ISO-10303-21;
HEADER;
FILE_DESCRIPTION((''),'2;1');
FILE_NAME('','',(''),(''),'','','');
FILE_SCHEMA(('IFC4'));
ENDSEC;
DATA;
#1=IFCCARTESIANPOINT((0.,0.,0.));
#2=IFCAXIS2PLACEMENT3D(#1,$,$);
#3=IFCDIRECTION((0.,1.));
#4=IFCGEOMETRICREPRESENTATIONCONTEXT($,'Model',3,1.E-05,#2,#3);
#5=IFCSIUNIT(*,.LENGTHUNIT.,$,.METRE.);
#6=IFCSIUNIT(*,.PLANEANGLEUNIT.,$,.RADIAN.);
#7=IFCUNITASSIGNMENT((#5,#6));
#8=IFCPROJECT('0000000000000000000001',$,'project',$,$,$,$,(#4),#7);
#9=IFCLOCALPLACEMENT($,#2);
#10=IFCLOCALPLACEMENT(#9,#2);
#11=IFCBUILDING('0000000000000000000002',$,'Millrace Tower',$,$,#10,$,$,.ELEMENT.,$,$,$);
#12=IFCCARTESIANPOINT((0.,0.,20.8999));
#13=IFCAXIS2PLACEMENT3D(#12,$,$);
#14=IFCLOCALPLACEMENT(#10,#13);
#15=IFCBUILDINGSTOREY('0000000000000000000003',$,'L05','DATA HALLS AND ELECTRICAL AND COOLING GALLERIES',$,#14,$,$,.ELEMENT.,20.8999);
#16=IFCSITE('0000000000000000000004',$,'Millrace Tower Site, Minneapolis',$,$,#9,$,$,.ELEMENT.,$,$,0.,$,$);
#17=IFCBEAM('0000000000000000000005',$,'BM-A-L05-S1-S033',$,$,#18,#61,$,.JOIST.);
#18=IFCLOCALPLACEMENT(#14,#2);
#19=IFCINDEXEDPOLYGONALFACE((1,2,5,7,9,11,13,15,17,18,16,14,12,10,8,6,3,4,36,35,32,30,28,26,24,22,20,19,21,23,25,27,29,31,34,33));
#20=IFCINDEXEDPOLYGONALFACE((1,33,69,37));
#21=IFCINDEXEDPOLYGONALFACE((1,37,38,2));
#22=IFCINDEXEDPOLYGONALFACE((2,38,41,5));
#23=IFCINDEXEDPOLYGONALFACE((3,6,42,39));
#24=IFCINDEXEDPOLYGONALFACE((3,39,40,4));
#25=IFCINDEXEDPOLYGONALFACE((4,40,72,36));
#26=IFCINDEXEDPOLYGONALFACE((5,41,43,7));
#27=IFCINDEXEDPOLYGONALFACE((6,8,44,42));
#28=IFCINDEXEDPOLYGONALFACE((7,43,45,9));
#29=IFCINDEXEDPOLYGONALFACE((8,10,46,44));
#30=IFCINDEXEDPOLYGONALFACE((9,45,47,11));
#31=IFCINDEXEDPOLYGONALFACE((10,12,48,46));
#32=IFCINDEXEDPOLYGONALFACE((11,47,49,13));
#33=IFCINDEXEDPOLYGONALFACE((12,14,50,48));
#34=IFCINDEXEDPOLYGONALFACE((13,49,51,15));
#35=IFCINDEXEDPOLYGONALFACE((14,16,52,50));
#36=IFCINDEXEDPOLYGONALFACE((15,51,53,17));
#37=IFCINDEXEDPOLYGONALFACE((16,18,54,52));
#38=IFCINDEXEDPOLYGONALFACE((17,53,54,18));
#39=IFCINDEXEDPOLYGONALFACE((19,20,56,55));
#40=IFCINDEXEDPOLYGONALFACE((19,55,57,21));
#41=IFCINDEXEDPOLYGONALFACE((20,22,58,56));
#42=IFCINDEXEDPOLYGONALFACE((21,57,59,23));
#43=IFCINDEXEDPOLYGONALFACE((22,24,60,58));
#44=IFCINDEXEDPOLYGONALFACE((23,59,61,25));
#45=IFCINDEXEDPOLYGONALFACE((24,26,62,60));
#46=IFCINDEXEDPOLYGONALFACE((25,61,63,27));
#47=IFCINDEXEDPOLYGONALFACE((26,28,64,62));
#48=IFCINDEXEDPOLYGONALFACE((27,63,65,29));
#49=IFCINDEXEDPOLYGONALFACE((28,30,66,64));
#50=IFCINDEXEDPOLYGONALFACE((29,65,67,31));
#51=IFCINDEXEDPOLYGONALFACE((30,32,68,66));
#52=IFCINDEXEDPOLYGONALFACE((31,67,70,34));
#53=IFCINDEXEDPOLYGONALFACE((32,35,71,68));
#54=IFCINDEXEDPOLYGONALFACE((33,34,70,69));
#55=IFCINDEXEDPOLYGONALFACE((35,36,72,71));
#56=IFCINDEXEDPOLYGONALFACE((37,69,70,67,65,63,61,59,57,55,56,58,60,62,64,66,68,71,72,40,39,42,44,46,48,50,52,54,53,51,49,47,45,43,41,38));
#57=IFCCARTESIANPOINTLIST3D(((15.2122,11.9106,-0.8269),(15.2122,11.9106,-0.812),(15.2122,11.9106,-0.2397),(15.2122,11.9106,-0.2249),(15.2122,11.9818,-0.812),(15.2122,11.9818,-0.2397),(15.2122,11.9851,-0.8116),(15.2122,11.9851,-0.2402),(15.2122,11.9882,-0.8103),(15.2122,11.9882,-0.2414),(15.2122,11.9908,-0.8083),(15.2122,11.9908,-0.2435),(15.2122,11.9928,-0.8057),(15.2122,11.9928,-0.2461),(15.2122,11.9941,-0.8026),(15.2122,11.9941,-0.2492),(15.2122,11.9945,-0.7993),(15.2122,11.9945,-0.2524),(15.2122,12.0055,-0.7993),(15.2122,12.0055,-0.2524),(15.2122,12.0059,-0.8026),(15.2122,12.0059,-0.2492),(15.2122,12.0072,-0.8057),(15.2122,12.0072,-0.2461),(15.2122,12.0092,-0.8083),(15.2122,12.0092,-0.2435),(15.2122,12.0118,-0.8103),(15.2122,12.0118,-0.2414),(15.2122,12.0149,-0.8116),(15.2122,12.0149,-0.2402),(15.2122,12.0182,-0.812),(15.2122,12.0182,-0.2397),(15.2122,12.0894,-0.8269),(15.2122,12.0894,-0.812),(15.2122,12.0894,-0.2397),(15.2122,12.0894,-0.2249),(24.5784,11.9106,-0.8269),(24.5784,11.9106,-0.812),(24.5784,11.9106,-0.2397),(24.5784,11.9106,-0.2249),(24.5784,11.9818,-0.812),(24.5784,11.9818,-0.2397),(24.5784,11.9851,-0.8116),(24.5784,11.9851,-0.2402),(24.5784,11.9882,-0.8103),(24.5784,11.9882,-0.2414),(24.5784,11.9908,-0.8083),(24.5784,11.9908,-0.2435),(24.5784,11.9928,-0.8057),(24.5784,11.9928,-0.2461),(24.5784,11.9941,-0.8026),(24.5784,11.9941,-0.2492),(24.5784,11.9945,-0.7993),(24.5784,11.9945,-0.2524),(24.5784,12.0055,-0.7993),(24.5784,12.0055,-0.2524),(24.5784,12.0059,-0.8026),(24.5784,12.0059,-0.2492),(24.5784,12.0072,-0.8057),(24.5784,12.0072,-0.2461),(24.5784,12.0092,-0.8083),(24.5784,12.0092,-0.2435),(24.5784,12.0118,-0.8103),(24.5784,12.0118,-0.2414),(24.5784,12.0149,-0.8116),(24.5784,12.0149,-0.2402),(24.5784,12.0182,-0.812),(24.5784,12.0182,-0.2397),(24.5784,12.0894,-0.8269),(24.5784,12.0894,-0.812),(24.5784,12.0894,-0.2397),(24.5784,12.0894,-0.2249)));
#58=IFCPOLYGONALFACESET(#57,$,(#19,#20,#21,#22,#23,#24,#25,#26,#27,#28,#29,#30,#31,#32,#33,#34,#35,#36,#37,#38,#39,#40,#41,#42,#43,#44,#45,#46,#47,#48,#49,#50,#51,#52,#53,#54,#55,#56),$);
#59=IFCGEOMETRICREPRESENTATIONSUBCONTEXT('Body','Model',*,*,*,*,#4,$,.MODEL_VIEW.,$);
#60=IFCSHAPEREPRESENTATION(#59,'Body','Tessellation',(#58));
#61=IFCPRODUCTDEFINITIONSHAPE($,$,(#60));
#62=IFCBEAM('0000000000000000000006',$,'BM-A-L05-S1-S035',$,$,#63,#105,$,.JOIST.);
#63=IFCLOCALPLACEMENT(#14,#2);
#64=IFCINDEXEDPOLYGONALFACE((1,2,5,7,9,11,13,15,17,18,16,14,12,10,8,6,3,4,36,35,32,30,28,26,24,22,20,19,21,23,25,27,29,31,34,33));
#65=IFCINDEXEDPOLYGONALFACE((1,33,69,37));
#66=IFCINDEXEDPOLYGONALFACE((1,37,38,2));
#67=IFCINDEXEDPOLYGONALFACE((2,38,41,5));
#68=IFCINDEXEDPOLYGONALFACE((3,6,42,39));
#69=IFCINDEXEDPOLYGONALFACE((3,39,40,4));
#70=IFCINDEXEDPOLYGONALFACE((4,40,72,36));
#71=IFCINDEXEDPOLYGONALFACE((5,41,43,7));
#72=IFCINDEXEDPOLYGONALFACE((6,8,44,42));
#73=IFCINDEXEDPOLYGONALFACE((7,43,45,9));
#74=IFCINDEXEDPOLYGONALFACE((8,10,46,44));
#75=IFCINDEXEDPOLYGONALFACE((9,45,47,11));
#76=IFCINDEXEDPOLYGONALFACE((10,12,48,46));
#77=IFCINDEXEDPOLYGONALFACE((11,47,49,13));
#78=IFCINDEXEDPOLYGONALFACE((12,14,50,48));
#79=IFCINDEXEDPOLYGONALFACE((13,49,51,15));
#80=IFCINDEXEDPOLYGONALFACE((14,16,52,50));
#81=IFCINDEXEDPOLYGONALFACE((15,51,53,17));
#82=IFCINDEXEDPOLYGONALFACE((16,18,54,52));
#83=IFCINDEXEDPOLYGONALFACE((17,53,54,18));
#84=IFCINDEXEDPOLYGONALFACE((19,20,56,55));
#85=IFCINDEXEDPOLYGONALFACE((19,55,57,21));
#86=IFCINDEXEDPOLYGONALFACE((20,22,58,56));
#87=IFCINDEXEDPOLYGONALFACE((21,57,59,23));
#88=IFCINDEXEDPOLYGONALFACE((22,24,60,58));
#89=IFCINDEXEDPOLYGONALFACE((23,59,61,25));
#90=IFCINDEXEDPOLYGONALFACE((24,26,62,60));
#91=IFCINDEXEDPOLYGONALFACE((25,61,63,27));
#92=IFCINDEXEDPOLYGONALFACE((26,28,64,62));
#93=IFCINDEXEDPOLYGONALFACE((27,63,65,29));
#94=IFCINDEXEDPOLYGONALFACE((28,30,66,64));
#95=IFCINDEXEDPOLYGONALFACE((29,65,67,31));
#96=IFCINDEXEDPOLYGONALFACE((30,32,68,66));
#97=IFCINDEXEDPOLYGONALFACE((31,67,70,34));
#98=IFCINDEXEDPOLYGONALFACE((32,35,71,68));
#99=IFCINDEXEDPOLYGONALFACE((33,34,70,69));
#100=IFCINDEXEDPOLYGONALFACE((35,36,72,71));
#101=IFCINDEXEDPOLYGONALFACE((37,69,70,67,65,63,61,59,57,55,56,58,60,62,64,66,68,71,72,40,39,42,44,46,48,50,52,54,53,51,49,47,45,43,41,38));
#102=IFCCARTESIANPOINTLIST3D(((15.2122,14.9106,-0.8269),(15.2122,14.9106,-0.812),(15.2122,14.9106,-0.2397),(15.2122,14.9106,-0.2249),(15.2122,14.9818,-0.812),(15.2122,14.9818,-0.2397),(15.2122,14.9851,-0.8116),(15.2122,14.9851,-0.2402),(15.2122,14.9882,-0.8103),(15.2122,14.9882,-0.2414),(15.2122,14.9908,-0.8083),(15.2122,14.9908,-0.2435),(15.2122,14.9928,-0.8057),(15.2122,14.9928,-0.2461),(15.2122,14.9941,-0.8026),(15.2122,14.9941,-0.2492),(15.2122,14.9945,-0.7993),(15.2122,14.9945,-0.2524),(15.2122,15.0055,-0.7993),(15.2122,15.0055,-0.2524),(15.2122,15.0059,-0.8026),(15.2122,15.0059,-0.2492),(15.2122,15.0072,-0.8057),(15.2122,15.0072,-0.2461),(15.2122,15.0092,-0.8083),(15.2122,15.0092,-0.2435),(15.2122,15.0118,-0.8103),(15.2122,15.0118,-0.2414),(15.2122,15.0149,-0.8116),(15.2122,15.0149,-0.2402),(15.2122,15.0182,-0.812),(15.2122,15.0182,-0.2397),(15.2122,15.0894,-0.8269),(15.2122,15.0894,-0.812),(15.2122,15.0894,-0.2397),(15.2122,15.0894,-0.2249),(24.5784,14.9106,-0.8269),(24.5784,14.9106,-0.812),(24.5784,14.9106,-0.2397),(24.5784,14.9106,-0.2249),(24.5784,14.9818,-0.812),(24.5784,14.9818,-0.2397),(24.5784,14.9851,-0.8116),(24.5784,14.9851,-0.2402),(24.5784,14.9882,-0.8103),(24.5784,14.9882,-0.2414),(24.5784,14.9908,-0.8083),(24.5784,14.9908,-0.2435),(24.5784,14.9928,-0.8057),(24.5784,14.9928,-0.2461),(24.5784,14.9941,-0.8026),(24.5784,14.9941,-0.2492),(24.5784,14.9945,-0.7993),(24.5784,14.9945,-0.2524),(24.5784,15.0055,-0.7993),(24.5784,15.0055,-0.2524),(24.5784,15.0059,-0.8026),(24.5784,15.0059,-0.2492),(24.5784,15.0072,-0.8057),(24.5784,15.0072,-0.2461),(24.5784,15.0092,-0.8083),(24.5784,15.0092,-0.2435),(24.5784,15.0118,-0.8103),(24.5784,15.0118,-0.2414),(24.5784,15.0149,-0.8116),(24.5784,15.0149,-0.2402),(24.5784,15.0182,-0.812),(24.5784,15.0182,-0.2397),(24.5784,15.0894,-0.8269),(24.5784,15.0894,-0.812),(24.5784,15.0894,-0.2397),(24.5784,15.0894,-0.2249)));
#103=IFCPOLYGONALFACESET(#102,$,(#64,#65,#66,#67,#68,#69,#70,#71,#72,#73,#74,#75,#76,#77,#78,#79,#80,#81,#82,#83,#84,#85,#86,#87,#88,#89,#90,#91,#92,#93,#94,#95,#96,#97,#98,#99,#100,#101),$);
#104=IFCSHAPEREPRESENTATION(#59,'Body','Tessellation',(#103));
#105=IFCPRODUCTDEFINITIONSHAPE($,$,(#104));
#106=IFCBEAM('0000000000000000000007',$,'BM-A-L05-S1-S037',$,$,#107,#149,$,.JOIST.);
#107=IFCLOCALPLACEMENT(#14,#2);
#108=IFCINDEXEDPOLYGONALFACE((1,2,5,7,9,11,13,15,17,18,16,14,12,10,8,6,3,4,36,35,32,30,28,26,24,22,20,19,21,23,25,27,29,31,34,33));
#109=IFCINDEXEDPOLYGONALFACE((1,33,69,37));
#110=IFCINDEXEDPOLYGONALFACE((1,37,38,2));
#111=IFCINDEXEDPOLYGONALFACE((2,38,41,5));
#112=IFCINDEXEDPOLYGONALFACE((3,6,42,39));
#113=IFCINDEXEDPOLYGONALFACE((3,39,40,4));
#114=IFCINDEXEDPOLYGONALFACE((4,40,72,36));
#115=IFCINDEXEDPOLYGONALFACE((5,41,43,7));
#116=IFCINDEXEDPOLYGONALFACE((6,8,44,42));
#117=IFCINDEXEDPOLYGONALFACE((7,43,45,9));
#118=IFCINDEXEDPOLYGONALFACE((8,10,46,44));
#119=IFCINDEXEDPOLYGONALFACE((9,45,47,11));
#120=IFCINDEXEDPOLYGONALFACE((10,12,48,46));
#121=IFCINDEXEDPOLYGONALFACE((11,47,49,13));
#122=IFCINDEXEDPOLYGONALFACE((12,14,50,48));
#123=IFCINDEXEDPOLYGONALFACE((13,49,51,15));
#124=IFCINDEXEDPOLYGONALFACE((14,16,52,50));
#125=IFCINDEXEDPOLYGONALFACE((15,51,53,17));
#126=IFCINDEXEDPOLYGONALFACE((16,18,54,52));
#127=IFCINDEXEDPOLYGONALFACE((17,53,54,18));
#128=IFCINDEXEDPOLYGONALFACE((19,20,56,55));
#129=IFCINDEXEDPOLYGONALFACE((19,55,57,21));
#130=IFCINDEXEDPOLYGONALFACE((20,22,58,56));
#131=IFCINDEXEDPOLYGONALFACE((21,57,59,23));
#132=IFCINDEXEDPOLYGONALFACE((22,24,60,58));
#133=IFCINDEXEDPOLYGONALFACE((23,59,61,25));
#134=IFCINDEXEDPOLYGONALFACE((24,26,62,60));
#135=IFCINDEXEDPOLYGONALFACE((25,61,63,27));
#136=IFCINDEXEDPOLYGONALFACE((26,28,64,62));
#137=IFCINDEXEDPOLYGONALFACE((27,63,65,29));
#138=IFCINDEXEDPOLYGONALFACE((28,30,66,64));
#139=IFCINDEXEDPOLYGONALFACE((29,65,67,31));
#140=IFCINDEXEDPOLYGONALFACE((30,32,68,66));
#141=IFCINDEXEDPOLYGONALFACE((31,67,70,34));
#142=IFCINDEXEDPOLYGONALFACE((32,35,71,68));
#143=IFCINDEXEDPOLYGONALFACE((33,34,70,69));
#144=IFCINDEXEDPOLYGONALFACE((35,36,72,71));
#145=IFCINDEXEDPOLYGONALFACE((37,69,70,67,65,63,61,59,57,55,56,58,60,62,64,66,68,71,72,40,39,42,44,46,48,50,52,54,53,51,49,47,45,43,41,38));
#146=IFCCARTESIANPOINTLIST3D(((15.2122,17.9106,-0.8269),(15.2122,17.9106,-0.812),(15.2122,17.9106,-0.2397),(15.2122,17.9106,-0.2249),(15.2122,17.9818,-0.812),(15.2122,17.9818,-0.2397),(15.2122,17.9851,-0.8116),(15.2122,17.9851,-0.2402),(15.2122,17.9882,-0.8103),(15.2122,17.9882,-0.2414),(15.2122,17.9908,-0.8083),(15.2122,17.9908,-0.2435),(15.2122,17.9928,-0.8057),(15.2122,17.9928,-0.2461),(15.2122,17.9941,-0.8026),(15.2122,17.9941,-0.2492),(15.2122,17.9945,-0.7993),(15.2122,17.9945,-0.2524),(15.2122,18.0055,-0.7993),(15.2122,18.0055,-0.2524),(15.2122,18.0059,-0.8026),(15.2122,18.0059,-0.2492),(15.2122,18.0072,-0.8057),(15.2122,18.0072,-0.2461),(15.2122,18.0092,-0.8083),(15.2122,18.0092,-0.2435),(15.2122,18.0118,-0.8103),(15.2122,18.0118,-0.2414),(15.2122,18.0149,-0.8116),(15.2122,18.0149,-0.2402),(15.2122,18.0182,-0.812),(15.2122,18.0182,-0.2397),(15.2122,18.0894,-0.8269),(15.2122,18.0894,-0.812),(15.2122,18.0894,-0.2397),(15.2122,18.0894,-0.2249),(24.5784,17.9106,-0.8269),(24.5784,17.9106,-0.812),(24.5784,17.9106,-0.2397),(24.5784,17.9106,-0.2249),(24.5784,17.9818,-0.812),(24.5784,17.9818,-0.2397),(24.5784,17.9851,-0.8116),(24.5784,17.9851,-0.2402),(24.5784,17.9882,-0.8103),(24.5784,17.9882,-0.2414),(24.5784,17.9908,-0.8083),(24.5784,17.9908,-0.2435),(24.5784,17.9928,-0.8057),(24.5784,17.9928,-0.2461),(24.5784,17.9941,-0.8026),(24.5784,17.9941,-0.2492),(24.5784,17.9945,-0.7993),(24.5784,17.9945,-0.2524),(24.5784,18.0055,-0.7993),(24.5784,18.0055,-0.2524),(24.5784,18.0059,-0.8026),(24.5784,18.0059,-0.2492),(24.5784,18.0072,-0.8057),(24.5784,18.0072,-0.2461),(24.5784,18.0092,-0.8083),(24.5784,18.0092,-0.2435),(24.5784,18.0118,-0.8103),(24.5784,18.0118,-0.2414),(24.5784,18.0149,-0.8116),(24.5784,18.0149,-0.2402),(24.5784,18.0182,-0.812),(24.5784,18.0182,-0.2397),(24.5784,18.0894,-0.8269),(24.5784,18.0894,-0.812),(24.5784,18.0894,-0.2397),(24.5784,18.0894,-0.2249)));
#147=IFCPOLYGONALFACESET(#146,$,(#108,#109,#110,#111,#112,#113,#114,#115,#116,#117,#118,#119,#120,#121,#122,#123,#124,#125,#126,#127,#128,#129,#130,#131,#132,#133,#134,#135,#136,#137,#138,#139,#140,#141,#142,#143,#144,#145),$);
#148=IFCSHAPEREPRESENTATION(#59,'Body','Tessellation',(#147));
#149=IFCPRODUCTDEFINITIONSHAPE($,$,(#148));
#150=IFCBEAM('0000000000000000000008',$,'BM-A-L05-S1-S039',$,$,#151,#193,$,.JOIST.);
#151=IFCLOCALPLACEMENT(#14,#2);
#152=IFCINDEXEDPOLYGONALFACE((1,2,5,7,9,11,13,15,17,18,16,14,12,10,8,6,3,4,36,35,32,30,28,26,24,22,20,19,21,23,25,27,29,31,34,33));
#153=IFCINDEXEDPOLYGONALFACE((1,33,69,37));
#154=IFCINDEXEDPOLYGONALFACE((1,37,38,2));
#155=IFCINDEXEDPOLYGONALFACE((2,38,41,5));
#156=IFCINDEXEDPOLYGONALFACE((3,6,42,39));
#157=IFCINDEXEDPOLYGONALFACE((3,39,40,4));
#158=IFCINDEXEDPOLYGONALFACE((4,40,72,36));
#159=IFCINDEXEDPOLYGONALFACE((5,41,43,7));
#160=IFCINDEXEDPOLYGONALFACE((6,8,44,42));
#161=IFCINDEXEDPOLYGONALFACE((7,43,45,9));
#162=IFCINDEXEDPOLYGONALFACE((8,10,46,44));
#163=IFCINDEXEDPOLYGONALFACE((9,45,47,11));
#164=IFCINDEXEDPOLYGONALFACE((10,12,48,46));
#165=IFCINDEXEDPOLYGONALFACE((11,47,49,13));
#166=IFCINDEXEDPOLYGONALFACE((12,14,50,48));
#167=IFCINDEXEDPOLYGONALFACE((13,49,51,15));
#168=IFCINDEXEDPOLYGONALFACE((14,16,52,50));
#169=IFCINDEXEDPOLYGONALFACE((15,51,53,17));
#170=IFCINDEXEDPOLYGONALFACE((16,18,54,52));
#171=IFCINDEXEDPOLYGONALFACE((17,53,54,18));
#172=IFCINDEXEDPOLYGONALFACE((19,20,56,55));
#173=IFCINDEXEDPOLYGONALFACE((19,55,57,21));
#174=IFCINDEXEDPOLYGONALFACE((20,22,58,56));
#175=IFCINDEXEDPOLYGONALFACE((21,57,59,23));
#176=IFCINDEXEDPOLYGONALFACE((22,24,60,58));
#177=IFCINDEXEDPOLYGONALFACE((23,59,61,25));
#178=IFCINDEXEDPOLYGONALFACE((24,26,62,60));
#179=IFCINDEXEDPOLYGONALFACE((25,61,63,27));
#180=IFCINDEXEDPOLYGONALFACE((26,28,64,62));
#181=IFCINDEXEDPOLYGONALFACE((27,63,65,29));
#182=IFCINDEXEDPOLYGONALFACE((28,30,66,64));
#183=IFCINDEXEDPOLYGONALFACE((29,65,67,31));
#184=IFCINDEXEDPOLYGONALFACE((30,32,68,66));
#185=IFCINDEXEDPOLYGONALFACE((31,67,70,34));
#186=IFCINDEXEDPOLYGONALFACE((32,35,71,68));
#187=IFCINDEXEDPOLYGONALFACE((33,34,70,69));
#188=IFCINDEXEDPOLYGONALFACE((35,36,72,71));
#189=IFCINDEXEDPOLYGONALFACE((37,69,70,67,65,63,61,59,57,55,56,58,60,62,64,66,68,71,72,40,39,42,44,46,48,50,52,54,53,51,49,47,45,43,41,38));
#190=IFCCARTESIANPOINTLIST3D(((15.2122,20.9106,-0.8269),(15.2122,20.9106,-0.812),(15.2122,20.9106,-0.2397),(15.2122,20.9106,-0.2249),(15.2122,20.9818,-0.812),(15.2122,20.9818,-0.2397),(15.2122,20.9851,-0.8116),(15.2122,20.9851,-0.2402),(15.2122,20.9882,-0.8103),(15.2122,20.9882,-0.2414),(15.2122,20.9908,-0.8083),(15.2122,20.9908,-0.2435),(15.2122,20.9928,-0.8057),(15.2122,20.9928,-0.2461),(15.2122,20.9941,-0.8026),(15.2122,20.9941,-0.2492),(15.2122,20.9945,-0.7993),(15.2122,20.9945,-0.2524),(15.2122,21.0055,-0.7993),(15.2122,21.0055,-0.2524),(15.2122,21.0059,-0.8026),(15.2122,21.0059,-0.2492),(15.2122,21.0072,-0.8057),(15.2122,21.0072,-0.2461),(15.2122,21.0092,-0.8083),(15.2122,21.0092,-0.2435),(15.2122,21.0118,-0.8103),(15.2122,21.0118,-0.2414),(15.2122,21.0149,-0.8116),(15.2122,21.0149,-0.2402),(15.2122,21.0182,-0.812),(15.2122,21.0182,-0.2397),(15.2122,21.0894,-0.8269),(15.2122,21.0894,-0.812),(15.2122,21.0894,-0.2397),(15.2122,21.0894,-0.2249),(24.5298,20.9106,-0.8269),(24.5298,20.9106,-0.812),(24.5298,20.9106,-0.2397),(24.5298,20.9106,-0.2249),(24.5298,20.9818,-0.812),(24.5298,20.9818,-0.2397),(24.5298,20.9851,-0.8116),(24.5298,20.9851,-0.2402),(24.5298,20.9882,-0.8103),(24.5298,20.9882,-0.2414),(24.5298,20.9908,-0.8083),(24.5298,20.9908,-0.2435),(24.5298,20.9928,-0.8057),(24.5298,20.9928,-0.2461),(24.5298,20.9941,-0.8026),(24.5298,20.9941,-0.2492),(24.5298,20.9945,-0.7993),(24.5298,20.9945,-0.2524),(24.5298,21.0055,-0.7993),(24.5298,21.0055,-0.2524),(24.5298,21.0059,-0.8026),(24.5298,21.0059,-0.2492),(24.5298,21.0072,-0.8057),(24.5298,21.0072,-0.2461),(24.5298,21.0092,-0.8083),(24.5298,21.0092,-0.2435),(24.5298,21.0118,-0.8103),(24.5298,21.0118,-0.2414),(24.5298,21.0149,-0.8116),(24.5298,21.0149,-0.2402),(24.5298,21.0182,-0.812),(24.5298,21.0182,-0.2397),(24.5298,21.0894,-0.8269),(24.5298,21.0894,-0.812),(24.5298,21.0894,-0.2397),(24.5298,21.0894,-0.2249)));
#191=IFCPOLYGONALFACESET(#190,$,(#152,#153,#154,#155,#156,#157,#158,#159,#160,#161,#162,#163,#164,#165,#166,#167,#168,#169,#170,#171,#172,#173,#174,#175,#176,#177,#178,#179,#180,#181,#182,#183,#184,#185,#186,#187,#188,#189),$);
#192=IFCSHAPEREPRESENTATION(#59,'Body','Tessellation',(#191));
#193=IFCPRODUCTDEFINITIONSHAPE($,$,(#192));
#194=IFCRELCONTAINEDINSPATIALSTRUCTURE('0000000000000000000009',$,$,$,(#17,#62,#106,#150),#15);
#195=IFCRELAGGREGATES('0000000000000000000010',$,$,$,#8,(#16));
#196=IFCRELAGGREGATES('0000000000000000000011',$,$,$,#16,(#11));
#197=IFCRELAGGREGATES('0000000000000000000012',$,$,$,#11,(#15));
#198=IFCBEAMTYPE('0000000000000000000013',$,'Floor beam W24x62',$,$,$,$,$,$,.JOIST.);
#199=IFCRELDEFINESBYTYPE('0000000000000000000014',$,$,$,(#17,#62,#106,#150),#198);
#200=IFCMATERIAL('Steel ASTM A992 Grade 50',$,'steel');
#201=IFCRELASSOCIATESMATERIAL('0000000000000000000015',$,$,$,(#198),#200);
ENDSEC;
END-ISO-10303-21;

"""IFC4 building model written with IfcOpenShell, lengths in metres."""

from ifc_helpers import new_model, si_unit, direction, frame, origin, origin_2d, place, context, subcontext, project, spatial, i_section, extrude, material, material_profile, profile_set, type_object, element, save


model = new_model("IFC4")

# Units and contexts
model_context = context("Model", 3, precision=1e-05, world=origin(), true_north=direction((0.0, 1.0)))
body_context = subcontext(model_context, "Body", "Model", "MODEL_VIEW")
ifc_project = project(units=[si_unit("LENGTHUNIT", "METRE"), si_unit("PLANEANGLEUNIT", "RADIAN")], contexts=[model_context])

# Site, building, storey
site_placement = place(None, origin())
site = spatial("IfcSite", under=ifc_project, at=site_placement, Name="Millrace Tower Site, Minneapolis", CompositionType="ELEMENT", RefElevation=0.0)
building_placement = place(site_placement, origin())
building = spatial("IfcBuilding", under=site, at=building_placement, Name="Millrace Tower", CompositionType="ELEMENT")
storey_placement = place(building_placement, frame((0.0, 0.0, 20.8999)))
storey = spatial("IfcBuildingStorey", under=building, at=storey_placement, Name="L05", Description="DATA HALLS AND ELECTRICAL AND COOLING GALLERIES", CompositionType="ELEMENT", Elevation=20.8999)

# Beams
ifc_material_1 = material(Name="Steel ASTM A992 Grade 50", Category="steel")
ifc_material_profile_1 = material_profile(ifc_material_1, i_section(OverallWidth=0.1787, OverallDepth=0.6021, WebThickness=0.011, FlangeThickness=0.0149, FilletRadius=0.0127, at=origin_2d()))
ifc_profile_set_1 = profile_set([ifc_material_profile_1], Name="Steel ASTM A992 Grade 50")
beam_type_1 = type_object("IfcBeamType", Name="Floor beam W24x62", PredefinedType="JOIST", material=ifc_profile_set_1)
for number, where, z_axis, x_axis, name in (
    (1, (15.2122, 12.0, -0.5259), (1.0, 0.0, 0.0), (0.0, 1.0, 0.0), "BM-A-L05-S1-S033"),
    (2, (15.2122, 15.0, -0.5259), (1.0, 0.0, 0.0), (0.0, 1.0, 0.0), "BM-A-L05-S1-S035"),
    (3, (15.2122, 18.0, -0.5259), (1.0, 0.0, 0.0), (0.0, 1.0, 0.0), "BM-A-L05-S1-S037"),
):
    element("IfcBeam", number, at=place(storey_placement, frame(where, z_axis=z_axis, x_axis=x_axis)), inside=storey, type_object=beam_type_1, Name=name, PredefinedType="JOIST", context=body_context, shape_type="SweptSolid", body=[
        extrude(i_section(OverallWidth=0.1787, OverallDepth=0.6021, WebThickness=0.011, FlangeThickness=0.0149, FilletRadius=0.0127, at=origin_2d()), origin(), (0.0, 0.0, 1.0), 9.3662),
    ])
beam_1_placement = place(storey_placement, frame((15.2122, 21.0, -0.5259), z_axis=(1.0, 0.0, 0.0), x_axis=(0.0, 1.0, 0.0)))
element("IfcBeam", 4, at=beam_1_placement, inside=storey, type_object=beam_type_1, Name="BM-A-L05-S1-S039", PredefinedType="JOIST", context=body_context, shape_type="SweptSolid", body=[
    extrude(i_section(OverallWidth=0.1787, OverallDepth=0.6021, WebThickness=0.011, FlangeThickness=0.0149, FilletRadius=0.0127, at=origin_2d()), origin(), (0.0, 0.0, 1.0), 9.3176),
])

save(model, "model.ifc")
